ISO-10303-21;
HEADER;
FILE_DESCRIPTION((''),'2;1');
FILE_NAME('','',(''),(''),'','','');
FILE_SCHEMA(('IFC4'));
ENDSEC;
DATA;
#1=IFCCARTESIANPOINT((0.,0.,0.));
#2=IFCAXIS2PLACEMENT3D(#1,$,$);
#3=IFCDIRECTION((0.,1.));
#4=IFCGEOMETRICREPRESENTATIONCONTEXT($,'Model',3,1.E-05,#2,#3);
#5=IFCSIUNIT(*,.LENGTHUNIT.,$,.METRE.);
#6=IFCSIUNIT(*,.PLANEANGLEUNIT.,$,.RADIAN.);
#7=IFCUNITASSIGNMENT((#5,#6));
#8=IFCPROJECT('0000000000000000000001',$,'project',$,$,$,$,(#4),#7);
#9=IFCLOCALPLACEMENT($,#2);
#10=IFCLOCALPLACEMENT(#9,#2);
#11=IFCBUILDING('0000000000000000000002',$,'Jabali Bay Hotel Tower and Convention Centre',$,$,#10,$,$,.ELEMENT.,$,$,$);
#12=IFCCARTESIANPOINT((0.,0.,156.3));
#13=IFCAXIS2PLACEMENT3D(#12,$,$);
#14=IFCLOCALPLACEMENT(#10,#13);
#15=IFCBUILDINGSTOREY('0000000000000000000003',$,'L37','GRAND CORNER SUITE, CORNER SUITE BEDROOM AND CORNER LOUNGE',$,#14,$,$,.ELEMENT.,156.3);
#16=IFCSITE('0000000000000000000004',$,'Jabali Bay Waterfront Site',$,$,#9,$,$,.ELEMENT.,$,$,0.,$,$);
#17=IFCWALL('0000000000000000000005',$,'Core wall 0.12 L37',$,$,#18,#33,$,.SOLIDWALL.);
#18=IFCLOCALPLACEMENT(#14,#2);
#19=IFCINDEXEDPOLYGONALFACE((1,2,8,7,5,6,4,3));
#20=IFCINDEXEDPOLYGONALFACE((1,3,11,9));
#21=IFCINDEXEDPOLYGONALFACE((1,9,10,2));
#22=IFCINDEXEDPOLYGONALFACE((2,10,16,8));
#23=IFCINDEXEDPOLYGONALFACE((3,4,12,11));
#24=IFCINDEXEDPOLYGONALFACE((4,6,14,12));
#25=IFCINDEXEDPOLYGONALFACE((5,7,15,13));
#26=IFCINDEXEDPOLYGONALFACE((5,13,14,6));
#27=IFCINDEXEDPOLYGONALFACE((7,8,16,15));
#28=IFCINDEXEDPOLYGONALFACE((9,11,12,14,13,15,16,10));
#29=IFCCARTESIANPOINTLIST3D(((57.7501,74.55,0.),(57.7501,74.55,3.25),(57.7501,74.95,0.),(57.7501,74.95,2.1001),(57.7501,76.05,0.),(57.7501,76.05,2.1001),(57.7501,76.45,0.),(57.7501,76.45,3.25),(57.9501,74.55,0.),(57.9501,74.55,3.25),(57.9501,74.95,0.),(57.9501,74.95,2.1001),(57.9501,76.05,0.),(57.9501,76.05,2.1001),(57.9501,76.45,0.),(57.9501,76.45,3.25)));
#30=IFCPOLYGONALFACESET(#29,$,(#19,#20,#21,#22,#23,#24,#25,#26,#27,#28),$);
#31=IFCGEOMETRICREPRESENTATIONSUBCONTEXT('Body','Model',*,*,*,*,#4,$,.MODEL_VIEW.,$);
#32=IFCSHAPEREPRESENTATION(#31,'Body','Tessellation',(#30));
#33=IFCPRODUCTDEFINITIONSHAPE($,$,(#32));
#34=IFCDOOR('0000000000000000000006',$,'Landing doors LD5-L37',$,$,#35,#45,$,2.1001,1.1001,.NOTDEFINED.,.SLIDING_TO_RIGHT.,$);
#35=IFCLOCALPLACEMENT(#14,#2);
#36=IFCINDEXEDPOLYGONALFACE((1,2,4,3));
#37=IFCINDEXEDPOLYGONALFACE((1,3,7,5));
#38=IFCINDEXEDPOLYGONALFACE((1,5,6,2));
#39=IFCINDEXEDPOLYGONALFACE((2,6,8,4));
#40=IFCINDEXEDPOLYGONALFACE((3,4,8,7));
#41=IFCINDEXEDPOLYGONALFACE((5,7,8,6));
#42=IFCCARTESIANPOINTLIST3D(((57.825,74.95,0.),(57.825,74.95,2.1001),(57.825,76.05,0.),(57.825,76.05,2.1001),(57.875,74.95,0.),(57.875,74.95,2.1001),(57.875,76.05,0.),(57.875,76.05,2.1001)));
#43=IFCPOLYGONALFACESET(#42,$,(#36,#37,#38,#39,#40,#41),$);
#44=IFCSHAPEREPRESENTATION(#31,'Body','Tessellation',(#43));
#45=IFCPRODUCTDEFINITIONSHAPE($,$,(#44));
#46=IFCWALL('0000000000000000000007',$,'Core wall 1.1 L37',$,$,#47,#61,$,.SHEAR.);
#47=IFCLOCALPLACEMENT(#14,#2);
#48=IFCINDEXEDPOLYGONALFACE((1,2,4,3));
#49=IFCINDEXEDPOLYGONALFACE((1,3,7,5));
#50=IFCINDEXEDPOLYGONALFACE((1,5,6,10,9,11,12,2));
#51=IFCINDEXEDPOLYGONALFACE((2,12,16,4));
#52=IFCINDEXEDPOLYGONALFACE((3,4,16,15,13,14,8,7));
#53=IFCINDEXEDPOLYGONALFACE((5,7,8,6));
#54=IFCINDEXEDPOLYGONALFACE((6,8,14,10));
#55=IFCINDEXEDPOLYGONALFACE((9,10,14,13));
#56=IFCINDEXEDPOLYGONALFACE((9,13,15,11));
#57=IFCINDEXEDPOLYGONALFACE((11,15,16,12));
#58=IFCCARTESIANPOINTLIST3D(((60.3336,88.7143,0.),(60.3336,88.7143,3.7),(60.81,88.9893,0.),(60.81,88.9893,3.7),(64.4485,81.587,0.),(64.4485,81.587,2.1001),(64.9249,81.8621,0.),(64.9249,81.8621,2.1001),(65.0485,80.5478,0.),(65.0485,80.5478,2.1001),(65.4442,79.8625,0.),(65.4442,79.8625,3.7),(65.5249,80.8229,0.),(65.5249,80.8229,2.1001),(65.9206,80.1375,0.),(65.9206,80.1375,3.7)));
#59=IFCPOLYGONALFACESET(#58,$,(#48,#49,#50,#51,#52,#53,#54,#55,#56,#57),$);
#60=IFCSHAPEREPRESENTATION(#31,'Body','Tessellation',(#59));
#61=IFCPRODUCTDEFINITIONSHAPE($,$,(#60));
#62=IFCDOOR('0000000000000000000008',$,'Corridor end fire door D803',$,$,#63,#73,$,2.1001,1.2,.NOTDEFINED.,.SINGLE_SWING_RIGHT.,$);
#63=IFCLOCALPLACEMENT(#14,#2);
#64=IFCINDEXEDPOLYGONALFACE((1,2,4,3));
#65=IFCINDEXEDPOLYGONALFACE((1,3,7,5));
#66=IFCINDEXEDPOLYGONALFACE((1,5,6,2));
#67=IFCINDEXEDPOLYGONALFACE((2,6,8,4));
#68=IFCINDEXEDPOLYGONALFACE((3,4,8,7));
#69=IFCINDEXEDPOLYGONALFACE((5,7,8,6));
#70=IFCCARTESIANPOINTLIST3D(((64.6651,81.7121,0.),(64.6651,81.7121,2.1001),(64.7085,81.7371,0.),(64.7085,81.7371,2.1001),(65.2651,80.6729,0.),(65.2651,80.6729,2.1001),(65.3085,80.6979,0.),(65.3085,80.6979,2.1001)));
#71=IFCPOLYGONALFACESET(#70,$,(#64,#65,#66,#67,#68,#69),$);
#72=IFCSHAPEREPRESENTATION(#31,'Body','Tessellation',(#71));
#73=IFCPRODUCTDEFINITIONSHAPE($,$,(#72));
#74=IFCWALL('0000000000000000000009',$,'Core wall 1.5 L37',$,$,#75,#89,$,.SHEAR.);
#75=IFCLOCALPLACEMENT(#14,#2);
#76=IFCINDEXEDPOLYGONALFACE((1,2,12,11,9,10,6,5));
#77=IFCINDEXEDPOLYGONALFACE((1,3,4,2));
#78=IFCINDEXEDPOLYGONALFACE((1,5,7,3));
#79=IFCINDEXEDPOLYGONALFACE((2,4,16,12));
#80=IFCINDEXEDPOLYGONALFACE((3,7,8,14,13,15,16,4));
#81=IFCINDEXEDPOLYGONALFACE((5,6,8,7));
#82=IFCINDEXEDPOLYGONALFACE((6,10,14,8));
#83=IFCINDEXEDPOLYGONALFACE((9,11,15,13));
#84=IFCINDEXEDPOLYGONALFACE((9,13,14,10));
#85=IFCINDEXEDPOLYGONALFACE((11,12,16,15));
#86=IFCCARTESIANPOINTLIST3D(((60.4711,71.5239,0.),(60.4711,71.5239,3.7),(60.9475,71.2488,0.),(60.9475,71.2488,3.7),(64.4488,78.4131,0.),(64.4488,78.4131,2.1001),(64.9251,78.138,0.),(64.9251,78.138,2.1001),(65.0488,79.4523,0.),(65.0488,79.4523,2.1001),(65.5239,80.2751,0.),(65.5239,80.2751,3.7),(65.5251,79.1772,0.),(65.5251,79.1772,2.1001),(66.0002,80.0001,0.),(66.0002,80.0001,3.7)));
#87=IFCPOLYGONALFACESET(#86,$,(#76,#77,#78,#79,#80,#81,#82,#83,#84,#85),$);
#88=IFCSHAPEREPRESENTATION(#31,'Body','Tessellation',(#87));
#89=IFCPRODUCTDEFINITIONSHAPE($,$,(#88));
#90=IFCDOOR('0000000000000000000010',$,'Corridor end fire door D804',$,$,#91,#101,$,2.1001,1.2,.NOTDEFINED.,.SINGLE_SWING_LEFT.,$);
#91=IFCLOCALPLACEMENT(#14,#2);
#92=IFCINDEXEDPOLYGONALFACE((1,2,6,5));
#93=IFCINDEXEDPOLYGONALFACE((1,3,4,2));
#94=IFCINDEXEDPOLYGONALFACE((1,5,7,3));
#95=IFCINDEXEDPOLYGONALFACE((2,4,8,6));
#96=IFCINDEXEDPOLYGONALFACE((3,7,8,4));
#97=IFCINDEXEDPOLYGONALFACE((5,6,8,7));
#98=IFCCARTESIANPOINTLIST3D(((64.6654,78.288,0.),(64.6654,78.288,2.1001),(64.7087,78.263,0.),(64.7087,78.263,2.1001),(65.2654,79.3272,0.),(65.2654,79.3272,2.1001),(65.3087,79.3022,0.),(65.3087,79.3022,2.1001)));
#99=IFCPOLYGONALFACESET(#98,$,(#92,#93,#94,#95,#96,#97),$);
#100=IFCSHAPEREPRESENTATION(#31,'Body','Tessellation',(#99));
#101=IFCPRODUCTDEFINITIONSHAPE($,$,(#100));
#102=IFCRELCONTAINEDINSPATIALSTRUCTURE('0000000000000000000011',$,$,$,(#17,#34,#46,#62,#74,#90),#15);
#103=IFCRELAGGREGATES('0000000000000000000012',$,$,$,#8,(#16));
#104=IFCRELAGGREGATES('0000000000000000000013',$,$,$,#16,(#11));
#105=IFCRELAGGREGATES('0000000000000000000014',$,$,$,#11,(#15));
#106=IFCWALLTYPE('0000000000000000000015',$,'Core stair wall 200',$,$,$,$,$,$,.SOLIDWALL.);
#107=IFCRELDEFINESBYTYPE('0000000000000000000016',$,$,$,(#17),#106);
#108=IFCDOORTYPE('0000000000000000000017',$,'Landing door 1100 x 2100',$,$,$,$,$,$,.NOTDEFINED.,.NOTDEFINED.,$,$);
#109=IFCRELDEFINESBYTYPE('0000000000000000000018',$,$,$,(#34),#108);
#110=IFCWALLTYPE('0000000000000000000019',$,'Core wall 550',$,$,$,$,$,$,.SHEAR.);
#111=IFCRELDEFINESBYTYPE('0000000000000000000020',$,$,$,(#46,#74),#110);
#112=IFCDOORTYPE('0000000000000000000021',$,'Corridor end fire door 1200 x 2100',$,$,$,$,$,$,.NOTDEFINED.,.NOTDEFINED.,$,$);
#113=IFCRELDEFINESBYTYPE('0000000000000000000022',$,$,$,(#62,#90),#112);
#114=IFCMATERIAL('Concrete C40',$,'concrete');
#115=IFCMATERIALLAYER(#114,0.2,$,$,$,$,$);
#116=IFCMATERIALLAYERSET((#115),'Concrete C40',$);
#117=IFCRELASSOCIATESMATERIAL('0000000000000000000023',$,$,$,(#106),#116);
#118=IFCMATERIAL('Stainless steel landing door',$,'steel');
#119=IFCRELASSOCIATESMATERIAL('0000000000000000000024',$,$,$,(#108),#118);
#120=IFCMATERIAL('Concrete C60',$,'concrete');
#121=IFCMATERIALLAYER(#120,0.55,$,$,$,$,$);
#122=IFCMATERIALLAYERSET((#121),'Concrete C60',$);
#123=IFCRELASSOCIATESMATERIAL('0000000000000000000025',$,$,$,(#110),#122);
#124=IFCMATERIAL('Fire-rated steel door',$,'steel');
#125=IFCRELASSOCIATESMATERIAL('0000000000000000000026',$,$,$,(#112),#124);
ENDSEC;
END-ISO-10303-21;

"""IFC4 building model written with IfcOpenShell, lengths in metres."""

from ifc_helpers import new_model, si_unit, direction, frame, frame_2d, origin, place, context, subcontext, project, spatial, rectangle, extrude, material, layer, layer_set, type_object, element, fill, save


model = new_model("IFC4")

# Units and contexts
model_context = context("Model", 3, precision=1e-05, world=origin(), true_north=direction((0.0, 1.0)))
body_context = subcontext(model_context, "Body", "Model", "MODEL_VIEW")
ifc_project = project(units=[si_unit("LENGTHUNIT", "METRE"), si_unit("PLANEANGLEUNIT", "RADIAN")], contexts=[model_context])

# Site, building, storey
site_placement = place(None, origin())
site = spatial("IfcSite", under=ifc_project, at=site_placement, Name="Jabali Bay Waterfront Site", CompositionType="ELEMENT", RefElevation=0.0)
building_placement = place(site_placement, origin())
building = spatial("IfcBuilding", under=site, at=building_placement, Name="Jabali Bay Hotel Tower and Convention Centre", CompositionType="ELEMENT")
storey_placement = place(building_placement, frame((0.0, 0.0, 156.3)))
storey = spatial("IfcBuildingStorey", under=building, at=storey_placement, Name="L37", Description="GRAND CORNER SUITE, CORNER SUITE BEDROOM AND CORNER LOUNGE", CompositionType="ELEMENT", Elevation=156.3)

# Shared definitions
ifc_material_1 = material(Name="Concrete C60", Category="concrete")

# Shared definitions
ifc_material_2 = material(Name="Concrete C40", Category="concrete")
ifc_material_3 = material(Name="Fire-rated steel door", Category="steel")

# Shared definitions
ifc_layer_1 = layer(ifc_material_2, 0.2)
ifc_layer_set_1 = layer_set([ifc_layer_1], Name="Concrete C40")
wall_type_1 = type_object("IfcWallType", Name="Core stair wall 200", PredefinedType="SOLIDWALL", material=ifc_layer_set_1)

# Walls, openings, doors
wall_1_placement = place(storey_placement, frame((57.8501, 76.45, 0.0), z_axis=(0.0, 0.0, 1.0), x_axis=(0.0, -1.0, 0.0)))
wall_1 = element("IfcWall", 1, at=wall_1_placement, inside=storey, type_object=wall_type_1, Name="Core wall 0.12 L37", PredefinedType="SOLIDWALL", context=body_context, shape_type="SweptSolid", body=[
    extrude(rectangle(XDim=1.8999, YDim=0.2, at=frame_2d((0.95, 0.0))), origin(), (0.0, 0.0, 1.0), 3.25),
])
opening_1_placement = place(wall_1_placement, frame((0.3999, 0.0, 0.0)))
opening_1 = element("IfcOpeningElement", 2, at=opening_1_placement, cuts=wall_1, PredefinedType="OPENING", context=body_context, shape_type="SweptSolid", body=[
    extrude(rectangle(XDim=1.1001, YDim=2.1001, at=frame_2d((0.55, 1.05))), frame((0.0, 0.1104, 0.0), z_axis=(0.0, -1.0, 0.0), x_axis=(1.0, 0.0, 0.0)), (0.0, 0.0, 1.0), 0.2209),
])
ifc_material_4 = material(Name="Stainless steel landing door", Category="steel")
door_type_1 = type_object("IfcDoorType", Name="Landing door 1100 x 2100", OperationType="NOTDEFINED", PredefinedType="NOTDEFINED", material=ifc_material_4)
door_1_placement = place(opening_1_placement, origin())
door_1 = element("IfcDoor", 3, at=door_1_placement, inside=storey, type_object=door_type_1, Name="Landing doors LD5-L37", OperationType="SLIDING_TO_RIGHT", OverallHeight=2.1001, OverallWidth=1.1001, PredefinedType="NOTDEFINED", context=body_context, shape_type="SweptSolid", body=[
    extrude(rectangle(XDim=1.1001, YDim=2.1001, at=frame_2d((0.55, 1.05))), frame((0.0, 0.0249, 0.0), z_axis=(0.0, -1.0, 0.0), x_axis=(1.0, 0.0, 0.0)), (0.0, 0.0, 1.0), 0.05),
])
fill(opening_1, door_1)
ifc_layer_2 = layer(ifc_material_1, 0.55)
ifc_layer_set_2 = layer_set([ifc_layer_2], Name="Concrete C60")
wall_type_2 = type_object("IfcWallType", Name="Core wall 550", PredefinedType="SHEAR", material=ifc_layer_set_2)
wall_2_placement = place(storey_placement, frame((65.6824, 80.0, 0.0), z_axis=(0.0, 0.0, 1.0), x_axis=(-0.5, 0.866025, 0.0)))
wall_2 = element("IfcWall", 4, at=wall_2_placement, inside=storey, type_object=wall_type_2, Name="Core wall 1.1 L37", PredefinedType="SHEAR", context=body_context, shape_type="SweptSolid", body=[
    extrude(rectangle(XDim=10.2212, YDim=0.55, at=frame_2d((5.1106, 0.0))), origin(), (0.0, 0.0, 1.0), 3.7),
])
opening_2_placement = place(wall_2_placement, frame((0.7913, 0.0, 0.0)))
opening_2 = element("IfcOpeningElement", 5, at=opening_2_placement, cuts=wall_2, PredefinedType="OPENING", context=body_context, shape_type="SweptSolid", body=[
    extrude(rectangle(XDim=1.2, YDim=2.1001, at=frame_2d((0.6001, 1.05))), frame((0.0, 0.2856, 0.0), z_axis=(0.0, -1.0, 0.0), x_axis=(1.0, 0.0, 0.0)), (0.0, 0.0, 1.0), 0.571),
])
door_type_2 = type_object("IfcDoorType", Name="Corridor end fire door 1200 x 2100", OperationType="NOTDEFINED", PredefinedType="NOTDEFINED", material=ifc_material_3)
door_2_placement = place(opening_2_placement, origin())
door_2 = element("IfcDoor", 6, at=door_2_placement, inside=storey, type_object=door_type_2, Name="Corridor end fire door D803", OperationType="SINGLE_SWING_RIGHT", OverallHeight=2.1001, OverallWidth=1.2, PredefinedType="NOTDEFINED", context=body_context, shape_type="SweptSolid", body=[
    extrude(rectangle(XDim=1.2, YDim=2.1001, at=frame_2d((0.6001, 1.05))), frame((0.0, 0.0249, 0.0), z_axis=(0.0, -1.0, 0.0), x_axis=(1.0, 0.0, 0.0)), (0.0, 0.0, 1.0), 0.05),
])
fill(opening_2, door_2)
wall_3_placement = place(storey_placement, frame((60.7092, 71.3862, 0.0), z_axis=(0.0, 0.0, 1.0), x_axis=(0.500016, 0.866016, 0.0)))
wall_3 = element("IfcWall", 7, at=wall_3_placement, inside=storey, type_object=wall_type_2, Name="Core wall 1.5 L37", PredefinedType="SHEAR", context=body_context, shape_type="SweptSolid", body=[
    extrude(rectangle(XDim=10.1052, YDim=0.55, at=frame_2d((5.0527, 0.0))), origin(), (0.0, 0.0, 1.0), 3.7),
])
opening_3_placement = place(wall_3_placement, frame((7.9551, 0.0, 0.0)))
opening_3 = element("IfcOpeningElement", 8, at=opening_3_placement, cuts=wall_3, PredefinedType="OPENING", context=body_context, shape_type="SweptSolid", body=[
    extrude(rectangle(XDim=1.2, YDim=2.1001, at=frame_2d((0.6001, 1.05))), frame((0.0, 0.2856, 0.0), z_axis=(0.0, -1.0, 0.0), x_axis=(1.0, 0.0, 0.0)), (0.0, 0.0, 1.0), 0.571),
])
door_3_placement = place(opening_3_placement, origin())
door_3 = element("IfcDoor", 9, at=door_3_placement, inside=storey, type_object=door_type_2, Name="Corridor end fire door D804", OperationType="SINGLE_SWING_LEFT", OverallHeight=2.1001, OverallWidth=1.2, PredefinedType="NOTDEFINED", context=body_context, shape_type="SweptSolid", body=[
    extrude(rectangle(XDim=1.2, YDim=2.1001, at=frame_2d((0.6001, 1.05))), frame((0.0, 0.0249, 0.0), z_axis=(0.0, -1.0, 0.0), x_axis=(1.0, 0.0, 0.0)), (0.0, 0.0, 1.0), 0.05),
])
fill(opening_3, door_3)

save(model, "model.ifc")
